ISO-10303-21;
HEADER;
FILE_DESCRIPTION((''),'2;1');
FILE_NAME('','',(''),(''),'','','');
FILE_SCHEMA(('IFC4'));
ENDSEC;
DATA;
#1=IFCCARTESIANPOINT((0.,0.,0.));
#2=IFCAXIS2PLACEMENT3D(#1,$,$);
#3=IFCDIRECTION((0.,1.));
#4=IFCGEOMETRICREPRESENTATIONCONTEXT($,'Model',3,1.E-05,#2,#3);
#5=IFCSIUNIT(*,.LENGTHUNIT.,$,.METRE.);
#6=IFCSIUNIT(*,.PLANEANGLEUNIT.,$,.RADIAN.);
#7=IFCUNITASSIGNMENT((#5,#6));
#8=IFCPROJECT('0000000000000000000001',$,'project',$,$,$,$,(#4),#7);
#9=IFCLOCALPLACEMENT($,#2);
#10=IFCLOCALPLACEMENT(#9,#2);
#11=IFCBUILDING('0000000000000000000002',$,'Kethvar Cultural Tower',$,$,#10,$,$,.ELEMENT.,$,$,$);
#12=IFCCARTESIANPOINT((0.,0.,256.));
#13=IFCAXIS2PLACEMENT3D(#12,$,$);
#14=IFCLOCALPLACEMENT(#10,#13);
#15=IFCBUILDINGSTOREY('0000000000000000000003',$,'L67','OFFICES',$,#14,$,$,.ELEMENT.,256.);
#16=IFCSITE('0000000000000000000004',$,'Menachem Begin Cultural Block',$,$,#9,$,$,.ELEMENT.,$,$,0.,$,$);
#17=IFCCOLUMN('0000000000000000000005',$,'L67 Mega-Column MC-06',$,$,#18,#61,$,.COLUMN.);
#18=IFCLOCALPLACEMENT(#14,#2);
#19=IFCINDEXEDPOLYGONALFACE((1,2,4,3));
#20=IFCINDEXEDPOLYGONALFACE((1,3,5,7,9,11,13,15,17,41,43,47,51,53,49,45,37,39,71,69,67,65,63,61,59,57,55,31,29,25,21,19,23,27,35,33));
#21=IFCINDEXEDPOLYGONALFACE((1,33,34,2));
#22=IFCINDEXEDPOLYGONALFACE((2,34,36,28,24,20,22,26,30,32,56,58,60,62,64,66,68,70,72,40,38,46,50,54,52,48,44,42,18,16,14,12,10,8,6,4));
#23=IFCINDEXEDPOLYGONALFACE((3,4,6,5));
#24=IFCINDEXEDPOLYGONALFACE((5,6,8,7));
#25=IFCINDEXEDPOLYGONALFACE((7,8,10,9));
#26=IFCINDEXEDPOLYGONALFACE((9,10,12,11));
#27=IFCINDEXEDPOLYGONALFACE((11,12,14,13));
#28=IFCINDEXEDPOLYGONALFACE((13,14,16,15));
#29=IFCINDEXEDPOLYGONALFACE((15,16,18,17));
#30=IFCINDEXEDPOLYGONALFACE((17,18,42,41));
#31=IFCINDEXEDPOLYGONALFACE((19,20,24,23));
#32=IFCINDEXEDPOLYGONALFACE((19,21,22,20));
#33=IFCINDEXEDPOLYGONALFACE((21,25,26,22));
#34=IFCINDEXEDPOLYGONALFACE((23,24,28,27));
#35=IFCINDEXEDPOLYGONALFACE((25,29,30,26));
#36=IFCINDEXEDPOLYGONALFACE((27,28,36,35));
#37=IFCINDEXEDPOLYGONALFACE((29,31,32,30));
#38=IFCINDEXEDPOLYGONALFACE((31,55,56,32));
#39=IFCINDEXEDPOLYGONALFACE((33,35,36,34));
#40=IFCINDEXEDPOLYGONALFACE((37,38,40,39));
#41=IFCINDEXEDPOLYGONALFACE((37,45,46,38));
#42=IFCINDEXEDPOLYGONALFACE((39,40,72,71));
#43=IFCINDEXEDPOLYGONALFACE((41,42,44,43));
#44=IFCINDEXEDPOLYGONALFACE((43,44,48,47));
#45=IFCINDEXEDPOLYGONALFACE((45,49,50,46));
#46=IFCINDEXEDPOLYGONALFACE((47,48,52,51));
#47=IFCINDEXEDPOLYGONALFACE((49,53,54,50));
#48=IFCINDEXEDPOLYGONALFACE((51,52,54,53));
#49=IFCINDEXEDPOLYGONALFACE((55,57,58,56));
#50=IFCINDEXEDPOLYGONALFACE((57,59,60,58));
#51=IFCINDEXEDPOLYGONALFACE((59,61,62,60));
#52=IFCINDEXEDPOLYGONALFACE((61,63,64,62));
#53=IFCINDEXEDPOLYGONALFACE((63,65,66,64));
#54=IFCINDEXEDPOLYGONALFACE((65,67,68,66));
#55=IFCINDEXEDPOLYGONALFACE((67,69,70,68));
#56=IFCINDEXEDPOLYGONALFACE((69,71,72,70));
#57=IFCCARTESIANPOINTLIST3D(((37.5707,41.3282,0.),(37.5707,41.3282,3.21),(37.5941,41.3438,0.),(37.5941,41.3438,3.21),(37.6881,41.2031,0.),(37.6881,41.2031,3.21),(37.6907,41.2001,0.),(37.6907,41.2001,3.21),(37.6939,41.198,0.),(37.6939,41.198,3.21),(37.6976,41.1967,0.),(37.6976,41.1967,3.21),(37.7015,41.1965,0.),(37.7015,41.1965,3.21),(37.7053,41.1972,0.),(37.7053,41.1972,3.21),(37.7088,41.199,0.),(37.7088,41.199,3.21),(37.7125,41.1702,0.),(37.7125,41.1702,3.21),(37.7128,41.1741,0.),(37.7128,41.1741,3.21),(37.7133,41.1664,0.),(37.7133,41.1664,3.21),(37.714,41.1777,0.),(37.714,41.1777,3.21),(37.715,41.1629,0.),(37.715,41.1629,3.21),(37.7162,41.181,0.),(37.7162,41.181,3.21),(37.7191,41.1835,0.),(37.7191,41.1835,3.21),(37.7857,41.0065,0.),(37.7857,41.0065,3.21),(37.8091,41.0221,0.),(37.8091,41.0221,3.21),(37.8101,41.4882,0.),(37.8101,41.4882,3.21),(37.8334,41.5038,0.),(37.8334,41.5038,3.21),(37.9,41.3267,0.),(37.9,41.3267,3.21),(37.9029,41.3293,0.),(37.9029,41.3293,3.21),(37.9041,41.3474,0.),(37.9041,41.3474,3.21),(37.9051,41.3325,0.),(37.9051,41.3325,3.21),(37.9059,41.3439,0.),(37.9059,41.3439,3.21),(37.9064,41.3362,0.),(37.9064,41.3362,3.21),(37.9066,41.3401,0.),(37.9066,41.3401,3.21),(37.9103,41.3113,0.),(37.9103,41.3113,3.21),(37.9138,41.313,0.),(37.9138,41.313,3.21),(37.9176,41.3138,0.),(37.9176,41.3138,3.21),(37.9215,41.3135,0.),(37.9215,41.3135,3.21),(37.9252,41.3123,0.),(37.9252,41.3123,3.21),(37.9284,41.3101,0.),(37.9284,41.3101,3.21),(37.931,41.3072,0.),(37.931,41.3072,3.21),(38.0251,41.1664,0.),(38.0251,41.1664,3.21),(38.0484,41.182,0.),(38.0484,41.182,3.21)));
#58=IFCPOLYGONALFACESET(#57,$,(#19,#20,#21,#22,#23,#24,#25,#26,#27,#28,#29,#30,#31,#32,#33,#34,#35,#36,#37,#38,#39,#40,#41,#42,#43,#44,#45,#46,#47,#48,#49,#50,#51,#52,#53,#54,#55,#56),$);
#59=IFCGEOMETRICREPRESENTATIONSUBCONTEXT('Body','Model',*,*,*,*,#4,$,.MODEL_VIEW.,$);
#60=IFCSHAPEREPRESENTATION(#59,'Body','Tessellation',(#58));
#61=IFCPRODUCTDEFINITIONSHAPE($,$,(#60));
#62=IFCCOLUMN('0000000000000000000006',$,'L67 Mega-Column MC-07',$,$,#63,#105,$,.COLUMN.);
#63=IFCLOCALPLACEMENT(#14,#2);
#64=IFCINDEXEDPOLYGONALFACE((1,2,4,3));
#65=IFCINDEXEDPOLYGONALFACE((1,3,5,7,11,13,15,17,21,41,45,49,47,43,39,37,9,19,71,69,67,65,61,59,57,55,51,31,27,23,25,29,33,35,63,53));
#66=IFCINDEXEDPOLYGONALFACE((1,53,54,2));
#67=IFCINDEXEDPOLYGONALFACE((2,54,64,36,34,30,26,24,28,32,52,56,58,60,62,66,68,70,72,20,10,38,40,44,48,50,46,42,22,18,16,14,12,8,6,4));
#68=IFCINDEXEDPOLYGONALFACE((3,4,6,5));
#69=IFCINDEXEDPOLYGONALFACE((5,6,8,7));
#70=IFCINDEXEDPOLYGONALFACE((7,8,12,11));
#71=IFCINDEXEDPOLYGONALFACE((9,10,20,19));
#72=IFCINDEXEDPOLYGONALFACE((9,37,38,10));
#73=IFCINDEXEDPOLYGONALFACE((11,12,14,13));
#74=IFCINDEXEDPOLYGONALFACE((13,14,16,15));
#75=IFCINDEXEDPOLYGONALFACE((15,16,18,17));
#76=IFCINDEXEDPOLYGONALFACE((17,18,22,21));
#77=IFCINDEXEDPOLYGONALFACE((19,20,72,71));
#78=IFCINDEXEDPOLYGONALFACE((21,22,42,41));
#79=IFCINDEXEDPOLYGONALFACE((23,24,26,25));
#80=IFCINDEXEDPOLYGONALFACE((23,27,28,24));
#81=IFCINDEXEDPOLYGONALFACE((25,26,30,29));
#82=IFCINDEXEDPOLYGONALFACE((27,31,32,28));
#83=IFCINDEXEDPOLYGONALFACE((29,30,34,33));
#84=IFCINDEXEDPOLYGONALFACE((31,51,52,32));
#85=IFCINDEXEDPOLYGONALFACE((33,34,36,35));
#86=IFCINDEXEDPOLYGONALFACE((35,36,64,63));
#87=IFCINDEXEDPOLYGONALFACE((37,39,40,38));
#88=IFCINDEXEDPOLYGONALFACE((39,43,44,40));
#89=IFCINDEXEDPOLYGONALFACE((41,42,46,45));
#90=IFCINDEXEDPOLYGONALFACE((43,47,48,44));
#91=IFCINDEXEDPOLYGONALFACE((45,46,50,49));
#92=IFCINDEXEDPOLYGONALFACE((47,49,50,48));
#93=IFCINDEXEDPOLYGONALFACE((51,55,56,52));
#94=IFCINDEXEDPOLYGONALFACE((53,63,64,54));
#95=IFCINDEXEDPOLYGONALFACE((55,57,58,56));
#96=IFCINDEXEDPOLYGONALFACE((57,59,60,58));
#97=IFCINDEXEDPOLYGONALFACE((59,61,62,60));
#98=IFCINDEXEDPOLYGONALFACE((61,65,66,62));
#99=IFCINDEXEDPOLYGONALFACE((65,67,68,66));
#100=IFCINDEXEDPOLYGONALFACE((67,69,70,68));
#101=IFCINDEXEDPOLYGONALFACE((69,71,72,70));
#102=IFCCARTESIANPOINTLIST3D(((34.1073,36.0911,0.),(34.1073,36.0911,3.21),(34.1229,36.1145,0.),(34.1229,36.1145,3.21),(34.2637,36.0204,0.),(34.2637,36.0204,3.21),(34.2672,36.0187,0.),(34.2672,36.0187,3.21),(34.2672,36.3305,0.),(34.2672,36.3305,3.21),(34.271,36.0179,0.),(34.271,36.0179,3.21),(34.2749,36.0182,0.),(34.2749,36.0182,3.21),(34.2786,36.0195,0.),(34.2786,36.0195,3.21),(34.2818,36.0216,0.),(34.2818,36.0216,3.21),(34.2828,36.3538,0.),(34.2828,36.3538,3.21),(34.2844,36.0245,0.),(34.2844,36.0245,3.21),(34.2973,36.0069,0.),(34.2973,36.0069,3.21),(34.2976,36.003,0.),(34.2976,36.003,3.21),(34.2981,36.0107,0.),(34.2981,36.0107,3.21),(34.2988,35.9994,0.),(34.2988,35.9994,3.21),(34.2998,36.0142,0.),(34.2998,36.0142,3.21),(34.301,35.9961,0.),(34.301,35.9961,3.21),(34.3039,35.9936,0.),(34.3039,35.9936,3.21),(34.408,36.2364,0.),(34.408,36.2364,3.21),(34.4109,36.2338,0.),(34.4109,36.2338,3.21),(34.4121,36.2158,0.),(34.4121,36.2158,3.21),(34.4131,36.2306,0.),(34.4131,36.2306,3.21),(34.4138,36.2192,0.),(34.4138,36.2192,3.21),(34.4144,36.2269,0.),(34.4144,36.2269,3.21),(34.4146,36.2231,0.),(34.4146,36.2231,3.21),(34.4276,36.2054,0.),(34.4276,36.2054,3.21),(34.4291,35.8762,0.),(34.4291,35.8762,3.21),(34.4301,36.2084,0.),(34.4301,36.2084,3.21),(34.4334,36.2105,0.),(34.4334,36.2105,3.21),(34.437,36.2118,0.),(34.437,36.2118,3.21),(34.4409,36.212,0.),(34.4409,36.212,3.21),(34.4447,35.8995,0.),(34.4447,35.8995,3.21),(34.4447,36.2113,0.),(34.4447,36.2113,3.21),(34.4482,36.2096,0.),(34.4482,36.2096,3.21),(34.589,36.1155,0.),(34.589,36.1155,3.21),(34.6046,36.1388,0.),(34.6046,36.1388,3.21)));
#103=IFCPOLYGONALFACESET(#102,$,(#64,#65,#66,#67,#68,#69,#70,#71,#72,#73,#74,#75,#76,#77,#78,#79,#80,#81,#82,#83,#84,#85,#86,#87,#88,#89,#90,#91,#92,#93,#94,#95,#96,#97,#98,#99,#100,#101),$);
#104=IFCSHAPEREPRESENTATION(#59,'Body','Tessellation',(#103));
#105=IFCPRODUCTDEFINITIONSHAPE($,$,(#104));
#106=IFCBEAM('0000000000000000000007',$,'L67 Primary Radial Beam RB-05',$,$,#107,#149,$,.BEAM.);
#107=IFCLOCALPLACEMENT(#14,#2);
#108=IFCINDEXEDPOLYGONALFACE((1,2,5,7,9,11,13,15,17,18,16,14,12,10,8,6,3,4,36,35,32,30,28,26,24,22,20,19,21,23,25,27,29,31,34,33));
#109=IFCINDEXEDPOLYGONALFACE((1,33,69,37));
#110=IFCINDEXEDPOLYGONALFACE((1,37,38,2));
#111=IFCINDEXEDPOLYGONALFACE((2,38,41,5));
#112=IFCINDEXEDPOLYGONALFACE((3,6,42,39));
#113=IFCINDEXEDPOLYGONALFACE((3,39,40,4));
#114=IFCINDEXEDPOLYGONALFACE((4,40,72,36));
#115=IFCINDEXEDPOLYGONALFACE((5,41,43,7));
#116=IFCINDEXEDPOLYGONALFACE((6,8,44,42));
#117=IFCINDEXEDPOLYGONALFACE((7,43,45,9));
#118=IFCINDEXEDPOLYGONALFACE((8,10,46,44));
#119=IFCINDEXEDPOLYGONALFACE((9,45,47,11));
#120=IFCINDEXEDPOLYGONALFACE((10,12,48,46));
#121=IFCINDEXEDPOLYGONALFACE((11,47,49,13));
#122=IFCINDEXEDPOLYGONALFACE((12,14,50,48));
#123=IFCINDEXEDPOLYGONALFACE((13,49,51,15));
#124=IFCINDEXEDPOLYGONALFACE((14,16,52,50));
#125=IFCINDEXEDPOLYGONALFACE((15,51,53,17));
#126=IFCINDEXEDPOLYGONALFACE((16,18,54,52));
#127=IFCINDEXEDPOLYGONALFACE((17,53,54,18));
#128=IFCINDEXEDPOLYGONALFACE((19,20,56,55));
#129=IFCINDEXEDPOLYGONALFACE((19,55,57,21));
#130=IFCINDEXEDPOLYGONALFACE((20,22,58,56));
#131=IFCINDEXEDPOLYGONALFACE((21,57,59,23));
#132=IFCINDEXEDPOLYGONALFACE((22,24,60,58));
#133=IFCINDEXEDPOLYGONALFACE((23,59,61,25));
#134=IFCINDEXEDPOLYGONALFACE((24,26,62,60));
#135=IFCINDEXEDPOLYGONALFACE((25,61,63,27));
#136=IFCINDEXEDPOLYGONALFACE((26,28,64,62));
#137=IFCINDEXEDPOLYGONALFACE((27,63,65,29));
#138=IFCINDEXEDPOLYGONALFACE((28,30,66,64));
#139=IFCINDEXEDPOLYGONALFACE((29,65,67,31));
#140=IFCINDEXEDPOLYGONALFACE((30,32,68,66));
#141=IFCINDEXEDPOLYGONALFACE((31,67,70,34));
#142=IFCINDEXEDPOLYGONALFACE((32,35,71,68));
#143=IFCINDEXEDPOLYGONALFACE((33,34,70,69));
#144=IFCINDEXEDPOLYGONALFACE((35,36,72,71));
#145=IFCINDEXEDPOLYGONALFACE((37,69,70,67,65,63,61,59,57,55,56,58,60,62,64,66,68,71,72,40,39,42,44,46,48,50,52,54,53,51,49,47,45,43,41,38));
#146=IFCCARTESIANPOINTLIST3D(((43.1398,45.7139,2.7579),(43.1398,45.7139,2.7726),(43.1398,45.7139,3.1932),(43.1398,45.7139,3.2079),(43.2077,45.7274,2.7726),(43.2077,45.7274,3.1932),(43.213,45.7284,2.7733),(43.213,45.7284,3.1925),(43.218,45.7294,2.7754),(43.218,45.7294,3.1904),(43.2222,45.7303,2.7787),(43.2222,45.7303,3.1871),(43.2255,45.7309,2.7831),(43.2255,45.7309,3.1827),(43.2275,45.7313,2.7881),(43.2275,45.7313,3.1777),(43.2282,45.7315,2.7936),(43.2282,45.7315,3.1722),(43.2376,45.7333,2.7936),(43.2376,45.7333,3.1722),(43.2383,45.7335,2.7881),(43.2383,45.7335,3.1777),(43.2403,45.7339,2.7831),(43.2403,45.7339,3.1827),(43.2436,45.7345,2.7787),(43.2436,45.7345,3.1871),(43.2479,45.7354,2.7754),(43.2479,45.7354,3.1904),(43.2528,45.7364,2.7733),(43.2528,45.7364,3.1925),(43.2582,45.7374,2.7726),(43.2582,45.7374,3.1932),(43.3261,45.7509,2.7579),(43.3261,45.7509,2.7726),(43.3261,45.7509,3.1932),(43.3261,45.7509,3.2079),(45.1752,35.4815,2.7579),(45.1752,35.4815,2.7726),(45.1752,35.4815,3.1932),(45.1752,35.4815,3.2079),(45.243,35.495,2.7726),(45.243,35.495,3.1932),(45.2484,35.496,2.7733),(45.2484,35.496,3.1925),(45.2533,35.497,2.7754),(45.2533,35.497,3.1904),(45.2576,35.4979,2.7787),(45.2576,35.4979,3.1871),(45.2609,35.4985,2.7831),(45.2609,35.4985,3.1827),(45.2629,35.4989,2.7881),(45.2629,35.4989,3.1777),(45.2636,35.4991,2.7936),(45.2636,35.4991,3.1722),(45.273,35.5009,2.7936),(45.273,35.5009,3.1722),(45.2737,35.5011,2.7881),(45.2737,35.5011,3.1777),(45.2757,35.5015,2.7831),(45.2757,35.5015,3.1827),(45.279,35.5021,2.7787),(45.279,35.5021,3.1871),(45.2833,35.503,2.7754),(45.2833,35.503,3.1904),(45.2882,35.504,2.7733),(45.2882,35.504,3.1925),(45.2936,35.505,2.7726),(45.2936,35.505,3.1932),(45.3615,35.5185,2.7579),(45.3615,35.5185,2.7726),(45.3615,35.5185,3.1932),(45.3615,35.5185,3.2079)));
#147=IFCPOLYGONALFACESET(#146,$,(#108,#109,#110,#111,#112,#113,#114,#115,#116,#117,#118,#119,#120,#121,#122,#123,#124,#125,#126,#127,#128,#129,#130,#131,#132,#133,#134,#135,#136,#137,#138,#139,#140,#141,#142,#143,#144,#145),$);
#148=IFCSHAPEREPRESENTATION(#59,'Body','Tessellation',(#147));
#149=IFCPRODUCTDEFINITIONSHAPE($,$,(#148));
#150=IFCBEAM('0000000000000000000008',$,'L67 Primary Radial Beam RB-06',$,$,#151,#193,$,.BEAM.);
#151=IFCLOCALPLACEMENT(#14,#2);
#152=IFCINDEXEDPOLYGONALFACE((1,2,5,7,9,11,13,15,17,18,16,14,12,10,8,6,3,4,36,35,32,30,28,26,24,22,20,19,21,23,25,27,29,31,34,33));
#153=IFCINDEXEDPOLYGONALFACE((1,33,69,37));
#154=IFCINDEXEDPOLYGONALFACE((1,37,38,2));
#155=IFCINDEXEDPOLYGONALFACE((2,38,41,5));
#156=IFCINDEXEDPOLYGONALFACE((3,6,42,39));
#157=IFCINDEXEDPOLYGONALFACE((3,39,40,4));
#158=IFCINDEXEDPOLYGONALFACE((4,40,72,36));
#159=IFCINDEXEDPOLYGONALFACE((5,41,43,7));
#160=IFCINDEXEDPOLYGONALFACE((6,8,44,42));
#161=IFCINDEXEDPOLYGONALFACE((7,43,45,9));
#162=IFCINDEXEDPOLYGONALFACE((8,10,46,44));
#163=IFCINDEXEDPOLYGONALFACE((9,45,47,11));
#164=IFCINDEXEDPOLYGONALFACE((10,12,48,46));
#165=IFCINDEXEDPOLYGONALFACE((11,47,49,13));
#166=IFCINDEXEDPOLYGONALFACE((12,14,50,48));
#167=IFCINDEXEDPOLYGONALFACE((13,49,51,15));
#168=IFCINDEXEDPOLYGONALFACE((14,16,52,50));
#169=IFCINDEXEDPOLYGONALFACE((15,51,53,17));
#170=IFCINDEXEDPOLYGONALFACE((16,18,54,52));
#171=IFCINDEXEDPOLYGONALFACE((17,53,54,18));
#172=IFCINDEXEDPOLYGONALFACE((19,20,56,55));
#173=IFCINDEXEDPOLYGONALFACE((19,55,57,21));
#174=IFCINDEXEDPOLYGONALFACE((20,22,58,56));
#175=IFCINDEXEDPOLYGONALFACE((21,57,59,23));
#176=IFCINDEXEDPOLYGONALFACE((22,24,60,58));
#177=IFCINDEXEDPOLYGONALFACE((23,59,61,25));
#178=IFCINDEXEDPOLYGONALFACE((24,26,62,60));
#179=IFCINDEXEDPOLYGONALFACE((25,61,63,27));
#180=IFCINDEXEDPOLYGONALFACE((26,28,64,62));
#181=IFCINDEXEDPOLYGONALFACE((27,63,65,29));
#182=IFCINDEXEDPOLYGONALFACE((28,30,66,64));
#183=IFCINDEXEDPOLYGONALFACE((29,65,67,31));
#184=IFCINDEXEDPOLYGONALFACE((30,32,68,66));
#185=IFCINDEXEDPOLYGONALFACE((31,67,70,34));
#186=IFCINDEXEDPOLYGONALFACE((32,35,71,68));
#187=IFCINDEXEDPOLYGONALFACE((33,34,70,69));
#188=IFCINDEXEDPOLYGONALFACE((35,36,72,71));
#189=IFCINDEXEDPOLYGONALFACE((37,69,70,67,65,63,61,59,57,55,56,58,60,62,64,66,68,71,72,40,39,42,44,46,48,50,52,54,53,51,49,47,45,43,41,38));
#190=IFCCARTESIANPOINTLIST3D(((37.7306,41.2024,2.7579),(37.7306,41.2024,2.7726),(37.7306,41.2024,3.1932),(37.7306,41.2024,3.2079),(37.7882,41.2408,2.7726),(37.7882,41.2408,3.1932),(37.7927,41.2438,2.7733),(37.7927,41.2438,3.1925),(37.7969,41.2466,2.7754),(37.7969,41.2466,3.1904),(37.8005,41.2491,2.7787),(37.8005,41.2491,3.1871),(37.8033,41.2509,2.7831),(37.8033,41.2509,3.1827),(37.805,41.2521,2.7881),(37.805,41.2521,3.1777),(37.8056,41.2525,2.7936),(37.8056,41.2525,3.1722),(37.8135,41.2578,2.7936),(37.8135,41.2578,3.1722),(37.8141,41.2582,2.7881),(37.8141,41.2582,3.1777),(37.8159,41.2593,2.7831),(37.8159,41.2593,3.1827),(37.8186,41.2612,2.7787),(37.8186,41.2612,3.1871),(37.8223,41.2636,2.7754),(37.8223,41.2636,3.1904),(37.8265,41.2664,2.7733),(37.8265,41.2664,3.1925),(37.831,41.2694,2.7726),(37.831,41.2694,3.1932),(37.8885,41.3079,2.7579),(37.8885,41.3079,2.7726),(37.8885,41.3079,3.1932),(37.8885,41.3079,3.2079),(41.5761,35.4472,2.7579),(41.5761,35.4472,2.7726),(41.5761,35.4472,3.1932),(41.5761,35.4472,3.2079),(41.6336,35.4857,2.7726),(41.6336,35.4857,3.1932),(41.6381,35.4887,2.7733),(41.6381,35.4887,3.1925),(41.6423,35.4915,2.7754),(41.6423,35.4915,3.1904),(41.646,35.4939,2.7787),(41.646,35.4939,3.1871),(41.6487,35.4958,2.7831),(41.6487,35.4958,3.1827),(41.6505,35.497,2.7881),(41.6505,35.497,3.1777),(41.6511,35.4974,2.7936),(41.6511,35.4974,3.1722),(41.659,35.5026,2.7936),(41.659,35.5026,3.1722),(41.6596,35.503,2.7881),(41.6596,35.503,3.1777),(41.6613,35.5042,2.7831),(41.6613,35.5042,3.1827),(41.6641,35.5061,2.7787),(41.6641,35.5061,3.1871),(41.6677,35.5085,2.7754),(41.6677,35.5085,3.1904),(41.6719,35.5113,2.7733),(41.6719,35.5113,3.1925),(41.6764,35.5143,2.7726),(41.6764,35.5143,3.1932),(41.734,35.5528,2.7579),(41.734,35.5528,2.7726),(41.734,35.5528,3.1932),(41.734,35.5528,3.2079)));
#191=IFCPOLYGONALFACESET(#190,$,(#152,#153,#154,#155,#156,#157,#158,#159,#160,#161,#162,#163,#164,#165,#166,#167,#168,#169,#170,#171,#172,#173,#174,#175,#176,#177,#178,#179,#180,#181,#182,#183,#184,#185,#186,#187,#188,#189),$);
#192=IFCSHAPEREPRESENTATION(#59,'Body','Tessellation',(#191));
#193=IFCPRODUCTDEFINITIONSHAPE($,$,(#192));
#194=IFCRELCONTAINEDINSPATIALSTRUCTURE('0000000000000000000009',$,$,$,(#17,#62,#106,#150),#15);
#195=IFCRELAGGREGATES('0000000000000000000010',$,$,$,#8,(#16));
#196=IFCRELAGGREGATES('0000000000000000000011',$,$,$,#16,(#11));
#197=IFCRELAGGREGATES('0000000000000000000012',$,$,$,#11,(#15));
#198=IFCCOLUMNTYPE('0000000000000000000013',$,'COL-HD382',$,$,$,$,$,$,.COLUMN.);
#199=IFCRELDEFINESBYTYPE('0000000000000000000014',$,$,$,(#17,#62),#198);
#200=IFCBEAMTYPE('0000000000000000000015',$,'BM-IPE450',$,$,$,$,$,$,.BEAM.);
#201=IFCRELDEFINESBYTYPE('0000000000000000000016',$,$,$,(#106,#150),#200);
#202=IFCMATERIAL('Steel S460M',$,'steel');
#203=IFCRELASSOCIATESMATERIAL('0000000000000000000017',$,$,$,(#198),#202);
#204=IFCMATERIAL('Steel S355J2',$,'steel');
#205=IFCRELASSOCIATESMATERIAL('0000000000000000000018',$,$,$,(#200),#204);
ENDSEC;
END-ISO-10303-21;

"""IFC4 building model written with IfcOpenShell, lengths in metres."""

from ifc_helpers import new_model, si_unit, direction, frame, origin, origin_2d, place, context, subcontext, project, spatial, i_section, extrude, source, transform, mapped, material, material_profile, profile_set, type_object, element, save


model = new_model("IFC4")

# Units and contexts
model_context = context("Model", 3, precision=1e-05, world=origin(), true_north=direction((0.0, 1.0)))
body_context = subcontext(model_context, "Body", "Model", "MODEL_VIEW")
ifc_project = project(units=[si_unit("LENGTHUNIT", "METRE"), si_unit("PLANEANGLEUNIT", "RADIAN")], contexts=[model_context])

# Site, building, storey
site_placement = place(None, origin())
site = spatial("IfcSite", under=ifc_project, at=site_placement, Name="Menachem Begin Cultural Block", CompositionType="ELEMENT", RefElevation=0.0)
building_placement = place(site_placement, origin())
building = spatial("IfcBuilding", under=site, at=building_placement, Name="Kethvar Cultural Tower", CompositionType="ELEMENT")
storey_placement = place(building_placement, frame((0.0, 0.0, 256.0)))
storey = spatial("IfcBuildingStorey", under=building, at=storey_placement, Name="L67", Description="OFFICES", CompositionType="ELEMENT", Elevation=256.0)

# Columns
ifc_material_1 = material(Name="Steel S460M", Category="steel")
ifc_material_profile_1 = material_profile(ifc_material_1, i_section(OverallWidth=0.387, OverallDepth=0.3159, WebThickness=0.0186, FlangeThickness=0.0281, FilletRadius=0.0149, at=origin_2d()), Name="Steel S460M — HD400x382")
ifc_profile_set_1 = profile_set([ifc_material_profile_1], Name="Steel S460M — HD400x382")
column_type = type_object("IfcColumnType", Name="COL-HD382", PredefinedType="COLUMN", material=ifc_profile_set_1)
shared_shape_1 = source(origin(), body_context, "Body", "SweptSolid", [
    extrude(i_section(OverallWidth=0.387, OverallDepth=0.3159, WebThickness=0.0186, FlangeThickness=0.0281, FilletRadius=0.0149, at=origin_2d()), origin(), (0.0, 0.0, 1.0), 3.21),
])
for number, where, z_axis, x_axis, name in (
    (1, (37.8096, 41.2551, 0.0), (0.0, 0.0, 1.0), (-0.55557, 0.83147, 0.0), "L67 Mega-Column MC-06"),
    (2, (34.356, 36.115, 0.0), (0.0, 0.0, 1.0), (-0.83147, 0.55557, 0.0), "L67 Mega-Column MC-07"),
):
    element("IfcColumn", number, at=place(storey_placement, frame(where, z_axis=z_axis, x_axis=x_axis)), inside=storey, type_object=column_type, Name=name, PredefinedType="COLUMN", context=body_context, shape_type="MappedRepresentation", body=[
        mapped(shared_shape_1, transform((0.0, 0.0, 0.0), scale=1.0)),
    ])

# Beams
ifc_material_2 = material(Name="Steel S355J2", Category="steel")
ifc_material_profile_2 = material_profile(ifc_material_2, i_section(OverallWidth=0.1899, OverallDepth=0.45, WebThickness=0.0095, FlangeThickness=0.0146, FilletRadius=0.021, at=origin_2d()), Name="Steel S355J2 — IPE450")
ifc_profile_set_2 = profile_set([ifc_material_profile_2], Name="Steel S355J2 — IPE450")
beam_type_1 = type_object("IfcBeamType", Name="BM-IPE450", PredefinedType="BEAM", material=ifc_profile_set_2)
shared_shape_2 = source(origin(), body_context, "Body", "SweptSolid", [
    extrude(i_section(OverallWidth=0.1899, OverallDepth=0.45, WebThickness=0.0095, FlangeThickness=0.0146, FilletRadius=0.021, at=origin_2d()), origin(), (0.0, 0.0, 1.0), 10.4329),
])
beam_1_placement = place(storey_placement, frame((45.2683, 35.5, 2.9829), z_axis=(-0.195094, 0.980784, 0.0), x_axis=(-0.980784, -0.195094, 0.0)))
element("IfcBeam", 3, at=beam_1_placement, inside=storey, type_object=beam_type_1, Name="L67 Primary Radial Beam RB-05", PredefinedType="BEAM", context=body_context, shape_type="MappedRepresentation", body=[
    mapped(shared_shape_2, transform((0.0, 0.0, 0.0), scale=1.0)),
])
shared_shape_3 = source(origin(), body_context, "Body", "SweptSolid", [
    extrude(i_section(OverallWidth=0.1899, OverallDepth=0.45, WebThickness=0.0095, FlangeThickness=0.0146, FilletRadius=0.021, at=origin_2d()), origin(), (0.0, 0.0, 1.0), 6.9216),
])
beam_2_placement = place(storey_placement, frame((41.655, 35.5, 2.9829), z_axis=(-0.555571, 0.831469, 0.0), x_axis=(-0.831469, -0.555571, 0.0)))
element("IfcBeam", 4, at=beam_2_placement, inside=storey, type_object=beam_type_1, Name="L67 Primary Radial Beam RB-06", PredefinedType="BEAM", context=body_context, shape_type="MappedRepresentation", body=[
    mapped(shared_shape_3, transform((0.0, 0.0, 0.0), scale=1.0)),
])

save(model, "model.ifc")
